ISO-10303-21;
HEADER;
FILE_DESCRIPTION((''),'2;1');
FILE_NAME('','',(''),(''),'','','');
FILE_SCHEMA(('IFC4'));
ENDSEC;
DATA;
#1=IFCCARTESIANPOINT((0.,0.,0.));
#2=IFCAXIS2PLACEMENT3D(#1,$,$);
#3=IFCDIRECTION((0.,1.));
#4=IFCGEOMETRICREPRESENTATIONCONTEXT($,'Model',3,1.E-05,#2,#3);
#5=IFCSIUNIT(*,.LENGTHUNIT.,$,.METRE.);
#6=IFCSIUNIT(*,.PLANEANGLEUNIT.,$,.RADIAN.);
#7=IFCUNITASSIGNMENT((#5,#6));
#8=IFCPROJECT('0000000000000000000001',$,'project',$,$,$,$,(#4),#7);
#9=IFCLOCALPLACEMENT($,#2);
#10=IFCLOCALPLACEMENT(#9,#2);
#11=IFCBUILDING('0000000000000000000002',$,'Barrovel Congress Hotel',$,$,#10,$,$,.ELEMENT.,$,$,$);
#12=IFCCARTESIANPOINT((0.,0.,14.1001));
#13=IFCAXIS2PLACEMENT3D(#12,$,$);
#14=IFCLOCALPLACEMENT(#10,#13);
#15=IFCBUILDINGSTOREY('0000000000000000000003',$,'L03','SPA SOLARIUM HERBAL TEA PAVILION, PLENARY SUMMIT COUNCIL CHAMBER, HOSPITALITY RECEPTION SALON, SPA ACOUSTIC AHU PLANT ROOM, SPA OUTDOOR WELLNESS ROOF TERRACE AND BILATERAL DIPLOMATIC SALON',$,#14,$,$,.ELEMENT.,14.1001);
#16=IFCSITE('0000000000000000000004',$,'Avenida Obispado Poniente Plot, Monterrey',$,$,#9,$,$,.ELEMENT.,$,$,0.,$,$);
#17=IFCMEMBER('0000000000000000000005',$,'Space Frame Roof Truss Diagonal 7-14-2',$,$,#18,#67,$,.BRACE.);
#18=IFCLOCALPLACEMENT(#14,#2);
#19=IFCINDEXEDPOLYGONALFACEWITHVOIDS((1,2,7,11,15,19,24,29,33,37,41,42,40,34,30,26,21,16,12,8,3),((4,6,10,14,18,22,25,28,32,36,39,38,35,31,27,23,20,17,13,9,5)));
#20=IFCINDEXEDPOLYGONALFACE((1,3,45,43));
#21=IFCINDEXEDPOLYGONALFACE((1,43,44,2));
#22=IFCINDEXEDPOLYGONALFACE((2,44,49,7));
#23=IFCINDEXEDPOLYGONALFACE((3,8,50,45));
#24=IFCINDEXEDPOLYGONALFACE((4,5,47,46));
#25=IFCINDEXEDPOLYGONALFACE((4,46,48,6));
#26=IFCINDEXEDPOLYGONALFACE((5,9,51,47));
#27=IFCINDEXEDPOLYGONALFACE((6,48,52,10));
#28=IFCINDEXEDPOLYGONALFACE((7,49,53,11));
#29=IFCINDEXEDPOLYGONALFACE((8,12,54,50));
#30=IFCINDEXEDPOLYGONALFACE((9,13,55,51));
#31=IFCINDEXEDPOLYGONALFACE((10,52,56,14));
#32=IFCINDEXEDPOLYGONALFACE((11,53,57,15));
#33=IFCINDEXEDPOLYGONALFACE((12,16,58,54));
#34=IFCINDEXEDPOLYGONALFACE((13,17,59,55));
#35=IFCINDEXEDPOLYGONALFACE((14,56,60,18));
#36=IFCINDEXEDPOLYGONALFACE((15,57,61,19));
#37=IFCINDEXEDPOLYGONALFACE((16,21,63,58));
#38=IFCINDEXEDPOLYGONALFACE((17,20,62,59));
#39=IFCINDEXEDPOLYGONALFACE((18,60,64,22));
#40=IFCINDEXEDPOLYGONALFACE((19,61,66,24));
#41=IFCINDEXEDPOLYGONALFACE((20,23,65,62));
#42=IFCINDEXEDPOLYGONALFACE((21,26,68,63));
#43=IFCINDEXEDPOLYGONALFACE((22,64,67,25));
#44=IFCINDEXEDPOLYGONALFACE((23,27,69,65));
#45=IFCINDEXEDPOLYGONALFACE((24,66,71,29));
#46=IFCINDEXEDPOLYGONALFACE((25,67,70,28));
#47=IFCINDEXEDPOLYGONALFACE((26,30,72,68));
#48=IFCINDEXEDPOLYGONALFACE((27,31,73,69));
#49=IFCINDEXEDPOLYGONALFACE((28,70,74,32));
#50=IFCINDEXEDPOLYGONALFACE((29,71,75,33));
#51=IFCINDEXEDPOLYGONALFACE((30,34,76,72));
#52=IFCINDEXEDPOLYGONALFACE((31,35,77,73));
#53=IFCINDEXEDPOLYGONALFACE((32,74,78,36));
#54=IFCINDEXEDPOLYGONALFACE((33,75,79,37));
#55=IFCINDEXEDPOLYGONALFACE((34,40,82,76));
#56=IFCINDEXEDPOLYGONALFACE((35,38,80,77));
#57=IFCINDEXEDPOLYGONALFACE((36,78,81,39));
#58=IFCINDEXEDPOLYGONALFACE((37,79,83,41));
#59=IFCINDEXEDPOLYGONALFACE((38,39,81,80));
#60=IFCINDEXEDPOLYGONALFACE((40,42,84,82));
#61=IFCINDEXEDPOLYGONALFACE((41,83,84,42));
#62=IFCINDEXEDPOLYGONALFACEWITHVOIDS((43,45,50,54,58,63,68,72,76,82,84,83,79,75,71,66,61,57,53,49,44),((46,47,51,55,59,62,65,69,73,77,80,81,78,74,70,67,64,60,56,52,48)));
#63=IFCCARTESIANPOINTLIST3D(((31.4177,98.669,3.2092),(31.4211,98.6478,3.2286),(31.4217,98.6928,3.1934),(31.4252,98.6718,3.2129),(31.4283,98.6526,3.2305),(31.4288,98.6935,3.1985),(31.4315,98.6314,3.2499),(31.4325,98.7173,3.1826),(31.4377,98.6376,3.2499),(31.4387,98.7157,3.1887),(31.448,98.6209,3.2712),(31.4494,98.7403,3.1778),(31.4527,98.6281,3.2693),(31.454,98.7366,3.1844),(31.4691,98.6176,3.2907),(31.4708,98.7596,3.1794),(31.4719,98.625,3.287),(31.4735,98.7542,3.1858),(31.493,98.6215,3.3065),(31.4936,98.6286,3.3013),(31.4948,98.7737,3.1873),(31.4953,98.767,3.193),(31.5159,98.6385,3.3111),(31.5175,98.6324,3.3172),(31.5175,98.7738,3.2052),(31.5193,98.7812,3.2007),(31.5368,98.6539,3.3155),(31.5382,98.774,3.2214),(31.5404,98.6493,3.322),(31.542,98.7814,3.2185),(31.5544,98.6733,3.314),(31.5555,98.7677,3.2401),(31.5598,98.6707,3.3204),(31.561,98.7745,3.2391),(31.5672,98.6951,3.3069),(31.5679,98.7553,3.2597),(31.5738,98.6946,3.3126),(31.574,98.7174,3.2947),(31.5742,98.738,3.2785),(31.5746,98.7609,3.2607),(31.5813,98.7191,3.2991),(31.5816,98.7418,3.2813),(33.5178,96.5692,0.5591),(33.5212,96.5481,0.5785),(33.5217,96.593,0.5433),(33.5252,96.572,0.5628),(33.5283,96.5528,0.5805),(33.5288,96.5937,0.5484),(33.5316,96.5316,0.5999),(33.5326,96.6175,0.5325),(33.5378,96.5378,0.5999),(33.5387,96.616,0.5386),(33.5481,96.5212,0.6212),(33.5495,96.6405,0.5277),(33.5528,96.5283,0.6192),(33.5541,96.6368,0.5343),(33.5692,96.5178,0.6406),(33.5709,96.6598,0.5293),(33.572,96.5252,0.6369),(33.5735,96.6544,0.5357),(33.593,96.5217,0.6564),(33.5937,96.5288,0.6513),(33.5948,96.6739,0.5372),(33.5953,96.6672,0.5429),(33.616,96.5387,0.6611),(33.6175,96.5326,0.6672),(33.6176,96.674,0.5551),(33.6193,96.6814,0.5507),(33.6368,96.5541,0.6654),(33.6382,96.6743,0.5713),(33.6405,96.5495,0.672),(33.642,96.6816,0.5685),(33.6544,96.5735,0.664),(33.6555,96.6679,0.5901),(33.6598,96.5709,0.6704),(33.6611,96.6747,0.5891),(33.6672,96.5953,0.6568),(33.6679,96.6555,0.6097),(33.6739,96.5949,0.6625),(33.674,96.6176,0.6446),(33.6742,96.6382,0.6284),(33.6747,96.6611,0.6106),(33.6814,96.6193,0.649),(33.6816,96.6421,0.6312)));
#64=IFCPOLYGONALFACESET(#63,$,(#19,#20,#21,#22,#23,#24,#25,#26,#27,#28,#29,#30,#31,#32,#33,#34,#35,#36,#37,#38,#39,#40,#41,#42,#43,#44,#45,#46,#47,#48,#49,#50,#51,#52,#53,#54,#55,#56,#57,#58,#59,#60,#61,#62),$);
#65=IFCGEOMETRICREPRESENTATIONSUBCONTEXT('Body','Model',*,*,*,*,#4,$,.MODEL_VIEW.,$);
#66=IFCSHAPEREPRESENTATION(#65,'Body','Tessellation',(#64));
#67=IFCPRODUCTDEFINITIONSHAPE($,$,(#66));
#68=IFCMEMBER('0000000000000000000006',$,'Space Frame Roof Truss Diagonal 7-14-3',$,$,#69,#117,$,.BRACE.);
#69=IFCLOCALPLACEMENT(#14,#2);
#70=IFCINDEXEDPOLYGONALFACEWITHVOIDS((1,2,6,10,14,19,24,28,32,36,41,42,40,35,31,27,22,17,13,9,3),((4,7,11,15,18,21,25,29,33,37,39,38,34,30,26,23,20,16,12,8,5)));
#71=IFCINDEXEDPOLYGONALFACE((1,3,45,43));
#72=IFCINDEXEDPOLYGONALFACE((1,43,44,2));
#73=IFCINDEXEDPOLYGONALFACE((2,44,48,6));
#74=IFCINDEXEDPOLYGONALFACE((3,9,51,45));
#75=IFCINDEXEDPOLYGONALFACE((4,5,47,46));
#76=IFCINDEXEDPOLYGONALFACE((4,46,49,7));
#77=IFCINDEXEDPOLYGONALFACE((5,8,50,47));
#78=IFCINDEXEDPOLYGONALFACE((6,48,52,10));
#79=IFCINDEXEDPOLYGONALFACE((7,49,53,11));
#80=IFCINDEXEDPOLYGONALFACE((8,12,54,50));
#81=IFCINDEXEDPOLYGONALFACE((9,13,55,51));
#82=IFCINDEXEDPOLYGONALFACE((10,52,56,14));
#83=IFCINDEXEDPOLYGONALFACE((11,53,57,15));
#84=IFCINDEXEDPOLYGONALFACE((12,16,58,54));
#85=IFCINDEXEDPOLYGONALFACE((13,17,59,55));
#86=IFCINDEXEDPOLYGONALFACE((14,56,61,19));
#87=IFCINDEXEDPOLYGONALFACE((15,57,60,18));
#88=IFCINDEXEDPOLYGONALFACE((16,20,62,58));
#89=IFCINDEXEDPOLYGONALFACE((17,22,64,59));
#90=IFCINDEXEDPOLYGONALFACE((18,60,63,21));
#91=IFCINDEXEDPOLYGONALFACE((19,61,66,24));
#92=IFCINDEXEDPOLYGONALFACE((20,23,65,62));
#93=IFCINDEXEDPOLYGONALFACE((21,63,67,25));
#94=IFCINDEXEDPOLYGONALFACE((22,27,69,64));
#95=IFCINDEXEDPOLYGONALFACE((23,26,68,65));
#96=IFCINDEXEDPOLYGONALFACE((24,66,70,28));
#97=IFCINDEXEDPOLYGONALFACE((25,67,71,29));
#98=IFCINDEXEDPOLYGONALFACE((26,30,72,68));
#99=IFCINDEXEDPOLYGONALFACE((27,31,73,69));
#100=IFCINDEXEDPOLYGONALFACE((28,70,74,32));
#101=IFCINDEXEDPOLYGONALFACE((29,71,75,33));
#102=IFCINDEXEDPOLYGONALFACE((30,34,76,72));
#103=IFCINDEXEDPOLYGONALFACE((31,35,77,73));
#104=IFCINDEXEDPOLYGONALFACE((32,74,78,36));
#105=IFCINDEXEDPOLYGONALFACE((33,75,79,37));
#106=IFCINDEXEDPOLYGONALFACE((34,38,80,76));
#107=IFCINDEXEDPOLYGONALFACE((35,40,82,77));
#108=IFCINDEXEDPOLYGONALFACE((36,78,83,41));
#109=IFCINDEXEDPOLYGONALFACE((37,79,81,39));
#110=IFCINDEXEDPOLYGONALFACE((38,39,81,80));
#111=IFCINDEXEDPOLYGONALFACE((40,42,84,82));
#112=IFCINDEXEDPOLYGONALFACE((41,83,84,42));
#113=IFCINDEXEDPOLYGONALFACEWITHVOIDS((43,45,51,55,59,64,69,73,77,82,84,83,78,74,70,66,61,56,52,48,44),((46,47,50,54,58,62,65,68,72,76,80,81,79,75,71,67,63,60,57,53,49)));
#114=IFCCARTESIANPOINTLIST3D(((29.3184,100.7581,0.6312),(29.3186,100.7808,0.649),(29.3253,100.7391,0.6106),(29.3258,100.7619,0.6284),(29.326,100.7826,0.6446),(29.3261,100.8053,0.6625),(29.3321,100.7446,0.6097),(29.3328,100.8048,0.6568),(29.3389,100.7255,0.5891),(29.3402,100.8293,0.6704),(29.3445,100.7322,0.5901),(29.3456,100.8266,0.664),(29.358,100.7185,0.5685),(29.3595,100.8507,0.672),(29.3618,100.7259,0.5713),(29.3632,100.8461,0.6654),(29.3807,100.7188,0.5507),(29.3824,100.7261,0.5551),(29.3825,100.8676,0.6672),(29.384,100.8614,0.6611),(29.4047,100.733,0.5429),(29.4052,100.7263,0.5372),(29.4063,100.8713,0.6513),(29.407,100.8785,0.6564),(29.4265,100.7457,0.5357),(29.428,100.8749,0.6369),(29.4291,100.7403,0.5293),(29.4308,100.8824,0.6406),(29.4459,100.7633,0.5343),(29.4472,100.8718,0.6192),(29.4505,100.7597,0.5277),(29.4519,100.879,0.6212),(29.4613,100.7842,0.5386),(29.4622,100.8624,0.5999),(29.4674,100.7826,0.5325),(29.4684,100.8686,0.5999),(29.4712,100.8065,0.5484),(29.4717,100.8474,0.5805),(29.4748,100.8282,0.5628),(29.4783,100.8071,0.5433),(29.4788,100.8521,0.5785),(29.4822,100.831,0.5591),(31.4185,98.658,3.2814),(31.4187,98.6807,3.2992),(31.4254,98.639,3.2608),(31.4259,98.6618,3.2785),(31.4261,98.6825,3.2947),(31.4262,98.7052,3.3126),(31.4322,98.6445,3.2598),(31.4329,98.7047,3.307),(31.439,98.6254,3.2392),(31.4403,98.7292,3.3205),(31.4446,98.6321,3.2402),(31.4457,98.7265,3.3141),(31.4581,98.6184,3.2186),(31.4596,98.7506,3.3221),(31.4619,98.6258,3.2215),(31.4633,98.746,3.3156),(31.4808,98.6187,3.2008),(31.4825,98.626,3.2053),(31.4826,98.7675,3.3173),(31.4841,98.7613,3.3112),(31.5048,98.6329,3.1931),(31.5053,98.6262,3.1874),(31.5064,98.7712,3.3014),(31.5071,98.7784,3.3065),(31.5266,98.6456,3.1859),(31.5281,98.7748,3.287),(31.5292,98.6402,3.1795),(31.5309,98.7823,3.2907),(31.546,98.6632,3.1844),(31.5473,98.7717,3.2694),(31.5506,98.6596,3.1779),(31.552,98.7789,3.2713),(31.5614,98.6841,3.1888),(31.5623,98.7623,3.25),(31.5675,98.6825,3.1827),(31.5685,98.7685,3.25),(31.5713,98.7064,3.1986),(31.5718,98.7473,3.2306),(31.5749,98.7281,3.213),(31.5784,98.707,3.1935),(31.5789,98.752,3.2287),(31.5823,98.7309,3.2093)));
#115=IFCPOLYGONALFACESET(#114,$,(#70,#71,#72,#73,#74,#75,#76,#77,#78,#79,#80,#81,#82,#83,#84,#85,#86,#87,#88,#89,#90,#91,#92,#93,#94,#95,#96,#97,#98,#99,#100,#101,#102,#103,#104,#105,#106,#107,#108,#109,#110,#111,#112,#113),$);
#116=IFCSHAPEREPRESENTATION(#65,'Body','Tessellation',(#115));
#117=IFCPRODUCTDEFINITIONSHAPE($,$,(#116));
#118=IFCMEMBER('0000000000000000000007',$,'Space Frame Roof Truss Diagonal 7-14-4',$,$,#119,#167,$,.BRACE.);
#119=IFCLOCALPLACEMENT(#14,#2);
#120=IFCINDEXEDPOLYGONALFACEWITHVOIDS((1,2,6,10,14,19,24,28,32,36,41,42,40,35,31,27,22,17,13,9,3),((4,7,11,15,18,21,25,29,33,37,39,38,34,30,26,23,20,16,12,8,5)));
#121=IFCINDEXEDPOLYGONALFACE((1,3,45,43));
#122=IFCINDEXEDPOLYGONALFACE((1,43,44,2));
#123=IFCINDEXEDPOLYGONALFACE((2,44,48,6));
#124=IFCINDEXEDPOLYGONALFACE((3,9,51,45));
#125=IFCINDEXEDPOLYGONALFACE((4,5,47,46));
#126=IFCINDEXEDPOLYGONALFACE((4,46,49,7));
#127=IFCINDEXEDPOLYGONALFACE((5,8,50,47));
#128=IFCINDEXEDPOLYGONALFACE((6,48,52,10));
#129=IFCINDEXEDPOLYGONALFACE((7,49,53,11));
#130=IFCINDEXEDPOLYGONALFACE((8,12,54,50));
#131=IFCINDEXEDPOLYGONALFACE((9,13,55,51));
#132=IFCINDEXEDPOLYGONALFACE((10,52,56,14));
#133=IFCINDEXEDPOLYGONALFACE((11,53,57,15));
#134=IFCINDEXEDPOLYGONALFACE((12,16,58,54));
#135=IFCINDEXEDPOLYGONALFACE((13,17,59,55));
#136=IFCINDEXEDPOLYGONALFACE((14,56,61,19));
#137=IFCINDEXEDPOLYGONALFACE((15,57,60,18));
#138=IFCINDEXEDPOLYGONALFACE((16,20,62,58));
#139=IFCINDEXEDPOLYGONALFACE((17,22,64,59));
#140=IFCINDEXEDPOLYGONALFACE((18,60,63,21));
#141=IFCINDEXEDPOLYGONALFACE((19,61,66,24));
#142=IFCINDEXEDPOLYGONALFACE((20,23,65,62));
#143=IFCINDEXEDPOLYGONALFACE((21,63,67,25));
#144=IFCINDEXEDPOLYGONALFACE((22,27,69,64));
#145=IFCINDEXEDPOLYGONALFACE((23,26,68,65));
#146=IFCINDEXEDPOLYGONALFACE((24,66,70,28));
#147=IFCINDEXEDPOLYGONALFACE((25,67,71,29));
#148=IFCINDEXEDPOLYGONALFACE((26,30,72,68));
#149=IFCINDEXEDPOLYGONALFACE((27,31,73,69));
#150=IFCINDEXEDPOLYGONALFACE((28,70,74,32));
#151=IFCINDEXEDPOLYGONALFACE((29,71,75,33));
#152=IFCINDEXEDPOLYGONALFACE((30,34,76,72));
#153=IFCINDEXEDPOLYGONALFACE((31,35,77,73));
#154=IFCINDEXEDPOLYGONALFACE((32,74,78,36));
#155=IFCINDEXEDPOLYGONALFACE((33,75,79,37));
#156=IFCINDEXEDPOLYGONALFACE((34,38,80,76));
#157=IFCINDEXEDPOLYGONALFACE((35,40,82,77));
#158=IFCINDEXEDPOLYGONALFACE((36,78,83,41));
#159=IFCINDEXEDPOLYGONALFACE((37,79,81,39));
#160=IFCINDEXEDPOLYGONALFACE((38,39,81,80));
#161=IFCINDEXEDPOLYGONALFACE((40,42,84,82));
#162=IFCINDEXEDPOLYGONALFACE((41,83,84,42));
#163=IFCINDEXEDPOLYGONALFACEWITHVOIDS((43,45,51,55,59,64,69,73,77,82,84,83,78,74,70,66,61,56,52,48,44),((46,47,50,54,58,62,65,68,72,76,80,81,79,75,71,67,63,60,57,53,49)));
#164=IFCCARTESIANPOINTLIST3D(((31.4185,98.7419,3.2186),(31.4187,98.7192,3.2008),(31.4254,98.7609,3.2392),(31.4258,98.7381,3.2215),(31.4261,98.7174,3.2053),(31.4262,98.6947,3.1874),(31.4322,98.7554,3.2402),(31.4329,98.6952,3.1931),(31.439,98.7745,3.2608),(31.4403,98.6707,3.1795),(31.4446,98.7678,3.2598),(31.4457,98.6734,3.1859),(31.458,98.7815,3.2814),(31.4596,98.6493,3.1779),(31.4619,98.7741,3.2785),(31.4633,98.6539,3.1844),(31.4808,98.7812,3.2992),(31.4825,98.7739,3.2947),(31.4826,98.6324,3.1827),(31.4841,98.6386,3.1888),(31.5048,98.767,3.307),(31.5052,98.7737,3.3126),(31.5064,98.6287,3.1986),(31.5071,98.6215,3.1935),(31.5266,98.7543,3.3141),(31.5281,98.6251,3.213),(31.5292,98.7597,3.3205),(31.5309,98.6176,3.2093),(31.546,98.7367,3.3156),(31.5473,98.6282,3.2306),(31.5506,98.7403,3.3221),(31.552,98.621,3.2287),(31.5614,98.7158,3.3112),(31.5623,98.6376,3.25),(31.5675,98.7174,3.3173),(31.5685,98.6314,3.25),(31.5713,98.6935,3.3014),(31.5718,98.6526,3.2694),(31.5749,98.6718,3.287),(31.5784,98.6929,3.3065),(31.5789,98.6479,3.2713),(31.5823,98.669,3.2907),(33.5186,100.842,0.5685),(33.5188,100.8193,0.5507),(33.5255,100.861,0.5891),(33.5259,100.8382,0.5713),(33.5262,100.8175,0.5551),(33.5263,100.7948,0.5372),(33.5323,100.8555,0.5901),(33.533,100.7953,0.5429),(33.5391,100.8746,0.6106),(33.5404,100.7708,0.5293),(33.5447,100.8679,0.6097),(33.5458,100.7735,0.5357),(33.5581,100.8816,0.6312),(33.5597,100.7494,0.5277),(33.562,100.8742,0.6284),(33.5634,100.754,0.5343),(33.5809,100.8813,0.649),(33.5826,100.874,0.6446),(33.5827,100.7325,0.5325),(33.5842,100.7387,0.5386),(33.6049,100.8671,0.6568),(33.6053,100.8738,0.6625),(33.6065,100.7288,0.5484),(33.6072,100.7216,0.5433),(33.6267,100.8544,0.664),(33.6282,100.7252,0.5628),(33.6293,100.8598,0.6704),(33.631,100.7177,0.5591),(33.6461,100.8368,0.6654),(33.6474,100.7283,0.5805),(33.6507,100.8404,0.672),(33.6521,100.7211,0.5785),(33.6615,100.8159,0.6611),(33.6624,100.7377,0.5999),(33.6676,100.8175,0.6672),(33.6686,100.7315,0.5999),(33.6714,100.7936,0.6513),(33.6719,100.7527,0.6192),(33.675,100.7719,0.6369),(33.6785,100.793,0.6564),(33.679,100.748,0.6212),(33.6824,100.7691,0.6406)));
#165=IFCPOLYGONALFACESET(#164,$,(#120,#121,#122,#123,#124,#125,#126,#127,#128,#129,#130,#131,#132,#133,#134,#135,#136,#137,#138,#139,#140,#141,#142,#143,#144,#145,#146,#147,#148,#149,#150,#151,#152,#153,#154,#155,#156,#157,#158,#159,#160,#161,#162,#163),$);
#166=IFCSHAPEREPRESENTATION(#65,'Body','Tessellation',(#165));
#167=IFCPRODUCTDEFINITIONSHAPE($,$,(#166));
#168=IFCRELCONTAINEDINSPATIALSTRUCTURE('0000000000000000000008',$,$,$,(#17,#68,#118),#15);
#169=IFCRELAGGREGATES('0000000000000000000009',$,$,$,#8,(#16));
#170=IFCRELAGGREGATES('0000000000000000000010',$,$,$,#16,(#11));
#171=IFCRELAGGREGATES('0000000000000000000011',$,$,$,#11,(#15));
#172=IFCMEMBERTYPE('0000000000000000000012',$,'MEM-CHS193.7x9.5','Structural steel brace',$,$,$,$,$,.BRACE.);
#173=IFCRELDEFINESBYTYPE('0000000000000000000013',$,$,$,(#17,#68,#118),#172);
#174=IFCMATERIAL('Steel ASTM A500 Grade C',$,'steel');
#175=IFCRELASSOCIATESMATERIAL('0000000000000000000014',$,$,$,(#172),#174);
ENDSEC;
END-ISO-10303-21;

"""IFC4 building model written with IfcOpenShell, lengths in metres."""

from ifc_helpers import new_model, si_unit, direction, frame, origin, origin_2d, place, context, subcontext, project, spatial, hollow_circle, extrude, material, material_profile, profile_set, type_object, element, save


model = new_model("IFC4")

# Units and contexts
model_context = context("Model", 3, precision=1e-05, world=origin(), true_north=direction((0.0, 1.0)))
body_context = subcontext(model_context, "Body", "Model", "MODEL_VIEW")
ifc_project = project(units=[si_unit("LENGTHUNIT", "METRE"), si_unit("PLANEANGLEUNIT", "RADIAN")], contexts=[model_context])

# Site, building, storey
site_placement = place(None, origin())
site = spatial("IfcSite", under=ifc_project, at=site_placement, Name="Avenida Obispado Poniente Plot, Monterrey", CompositionType="ELEMENT", RefElevation=0.0)
building_placement = place(site_placement, origin())
building = spatial("IfcBuilding", under=site, at=building_placement, Name="Barrovel Congress Hotel", CompositionType="ELEMENT")
storey_placement = place(building_placement, frame((0.0, 0.0, 14.1001)))
storey = spatial("IfcBuildingStorey", under=building, at=storey_placement, Name="L03", Description="SPA SOLARIUM HERBAL TEA PAVILION, PLENARY SUMMIT COUNCIL CHAMBER, HOSPITALITY RECEPTION SALON, SPA ACOUSTIC AHU PLANT ROOM, SPA OUTDOOR WELLNESS ROOF TERRACE AND BILATERAL DIPLOMATIC SALON", CompositionType="ELEMENT", Elevation=14.1001)

# Members
ifc_material_1 = material(Name="Steel ASTM A500 Grade C", Category="steel")
ifc_material_profile_1 = material_profile(ifc_material_1, hollow_circle(Radius=0.0969, WallThickness=0.0088, at=origin_2d()), Name="CHS193.7x9.5")
ifc_profile_set_1 = profile_set([ifc_material_profile_1], Name="Steel ASTM A500 Grade C")
member_type_1 = type_object("IfcMemberType", Name="MEM-CHS193.7x9.5", Description="Structural steel brace", PredefinedType="BRACE", material=ifc_profile_set_1)
for number, where, z_axis, x_axis, name in (
    (1, (33.6001, 96.6001, 0.5999), (-0.527618, 0.527557, 0.66581), (-0.707066, -0.707148, 0.0), "Space Frame Roof Truss Diagonal 7-14-2"),
):
    element("IfcMember", number, at=place(storey_placement, frame(where, z_axis=z_axis, x_axis=x_axis)), inside=storey, type_object=member_type_1, Name=name, PredefinedType="BRACE", context=body_context, shape_type="SweptSolid", body=[
        extrude(hollow_circle(Radius=0.0969, WallThickness=0.0088, at=origin_2d()), origin(), (0.0, 0.0, 1.0), 3.9802),
    ])
for number, where, z_axis, x_axis, name in (
    (2, (29.3999, 100.8, 0.5999), (0.527601, -0.527601, 0.665788), (0.707107, 0.707107, 0.0), "Space Frame Roof Truss Diagonal 7-14-3"),
    (3, (33.6001, 100.8, 0.5999), (-0.527601, -0.527601, 0.665788), (0.707107, -0.707107, 0.0), "Space Frame Roof Truss Diagonal 7-14-4"),
):
    element("IfcMember", number, at=place(storey_placement, frame(where, z_axis=z_axis, x_axis=x_axis)), inside=storey, type_object=member_type_1, Name=name, PredefinedType="BRACE", context=body_context, shape_type="SweptSolid", body=[
        extrude(hollow_circle(Radius=0.0969, WallThickness=0.0088, at=origin_2d()), origin(), (0.0, 0.0, 1.0), 3.9805),
    ])

save(model, "model.ifc")
